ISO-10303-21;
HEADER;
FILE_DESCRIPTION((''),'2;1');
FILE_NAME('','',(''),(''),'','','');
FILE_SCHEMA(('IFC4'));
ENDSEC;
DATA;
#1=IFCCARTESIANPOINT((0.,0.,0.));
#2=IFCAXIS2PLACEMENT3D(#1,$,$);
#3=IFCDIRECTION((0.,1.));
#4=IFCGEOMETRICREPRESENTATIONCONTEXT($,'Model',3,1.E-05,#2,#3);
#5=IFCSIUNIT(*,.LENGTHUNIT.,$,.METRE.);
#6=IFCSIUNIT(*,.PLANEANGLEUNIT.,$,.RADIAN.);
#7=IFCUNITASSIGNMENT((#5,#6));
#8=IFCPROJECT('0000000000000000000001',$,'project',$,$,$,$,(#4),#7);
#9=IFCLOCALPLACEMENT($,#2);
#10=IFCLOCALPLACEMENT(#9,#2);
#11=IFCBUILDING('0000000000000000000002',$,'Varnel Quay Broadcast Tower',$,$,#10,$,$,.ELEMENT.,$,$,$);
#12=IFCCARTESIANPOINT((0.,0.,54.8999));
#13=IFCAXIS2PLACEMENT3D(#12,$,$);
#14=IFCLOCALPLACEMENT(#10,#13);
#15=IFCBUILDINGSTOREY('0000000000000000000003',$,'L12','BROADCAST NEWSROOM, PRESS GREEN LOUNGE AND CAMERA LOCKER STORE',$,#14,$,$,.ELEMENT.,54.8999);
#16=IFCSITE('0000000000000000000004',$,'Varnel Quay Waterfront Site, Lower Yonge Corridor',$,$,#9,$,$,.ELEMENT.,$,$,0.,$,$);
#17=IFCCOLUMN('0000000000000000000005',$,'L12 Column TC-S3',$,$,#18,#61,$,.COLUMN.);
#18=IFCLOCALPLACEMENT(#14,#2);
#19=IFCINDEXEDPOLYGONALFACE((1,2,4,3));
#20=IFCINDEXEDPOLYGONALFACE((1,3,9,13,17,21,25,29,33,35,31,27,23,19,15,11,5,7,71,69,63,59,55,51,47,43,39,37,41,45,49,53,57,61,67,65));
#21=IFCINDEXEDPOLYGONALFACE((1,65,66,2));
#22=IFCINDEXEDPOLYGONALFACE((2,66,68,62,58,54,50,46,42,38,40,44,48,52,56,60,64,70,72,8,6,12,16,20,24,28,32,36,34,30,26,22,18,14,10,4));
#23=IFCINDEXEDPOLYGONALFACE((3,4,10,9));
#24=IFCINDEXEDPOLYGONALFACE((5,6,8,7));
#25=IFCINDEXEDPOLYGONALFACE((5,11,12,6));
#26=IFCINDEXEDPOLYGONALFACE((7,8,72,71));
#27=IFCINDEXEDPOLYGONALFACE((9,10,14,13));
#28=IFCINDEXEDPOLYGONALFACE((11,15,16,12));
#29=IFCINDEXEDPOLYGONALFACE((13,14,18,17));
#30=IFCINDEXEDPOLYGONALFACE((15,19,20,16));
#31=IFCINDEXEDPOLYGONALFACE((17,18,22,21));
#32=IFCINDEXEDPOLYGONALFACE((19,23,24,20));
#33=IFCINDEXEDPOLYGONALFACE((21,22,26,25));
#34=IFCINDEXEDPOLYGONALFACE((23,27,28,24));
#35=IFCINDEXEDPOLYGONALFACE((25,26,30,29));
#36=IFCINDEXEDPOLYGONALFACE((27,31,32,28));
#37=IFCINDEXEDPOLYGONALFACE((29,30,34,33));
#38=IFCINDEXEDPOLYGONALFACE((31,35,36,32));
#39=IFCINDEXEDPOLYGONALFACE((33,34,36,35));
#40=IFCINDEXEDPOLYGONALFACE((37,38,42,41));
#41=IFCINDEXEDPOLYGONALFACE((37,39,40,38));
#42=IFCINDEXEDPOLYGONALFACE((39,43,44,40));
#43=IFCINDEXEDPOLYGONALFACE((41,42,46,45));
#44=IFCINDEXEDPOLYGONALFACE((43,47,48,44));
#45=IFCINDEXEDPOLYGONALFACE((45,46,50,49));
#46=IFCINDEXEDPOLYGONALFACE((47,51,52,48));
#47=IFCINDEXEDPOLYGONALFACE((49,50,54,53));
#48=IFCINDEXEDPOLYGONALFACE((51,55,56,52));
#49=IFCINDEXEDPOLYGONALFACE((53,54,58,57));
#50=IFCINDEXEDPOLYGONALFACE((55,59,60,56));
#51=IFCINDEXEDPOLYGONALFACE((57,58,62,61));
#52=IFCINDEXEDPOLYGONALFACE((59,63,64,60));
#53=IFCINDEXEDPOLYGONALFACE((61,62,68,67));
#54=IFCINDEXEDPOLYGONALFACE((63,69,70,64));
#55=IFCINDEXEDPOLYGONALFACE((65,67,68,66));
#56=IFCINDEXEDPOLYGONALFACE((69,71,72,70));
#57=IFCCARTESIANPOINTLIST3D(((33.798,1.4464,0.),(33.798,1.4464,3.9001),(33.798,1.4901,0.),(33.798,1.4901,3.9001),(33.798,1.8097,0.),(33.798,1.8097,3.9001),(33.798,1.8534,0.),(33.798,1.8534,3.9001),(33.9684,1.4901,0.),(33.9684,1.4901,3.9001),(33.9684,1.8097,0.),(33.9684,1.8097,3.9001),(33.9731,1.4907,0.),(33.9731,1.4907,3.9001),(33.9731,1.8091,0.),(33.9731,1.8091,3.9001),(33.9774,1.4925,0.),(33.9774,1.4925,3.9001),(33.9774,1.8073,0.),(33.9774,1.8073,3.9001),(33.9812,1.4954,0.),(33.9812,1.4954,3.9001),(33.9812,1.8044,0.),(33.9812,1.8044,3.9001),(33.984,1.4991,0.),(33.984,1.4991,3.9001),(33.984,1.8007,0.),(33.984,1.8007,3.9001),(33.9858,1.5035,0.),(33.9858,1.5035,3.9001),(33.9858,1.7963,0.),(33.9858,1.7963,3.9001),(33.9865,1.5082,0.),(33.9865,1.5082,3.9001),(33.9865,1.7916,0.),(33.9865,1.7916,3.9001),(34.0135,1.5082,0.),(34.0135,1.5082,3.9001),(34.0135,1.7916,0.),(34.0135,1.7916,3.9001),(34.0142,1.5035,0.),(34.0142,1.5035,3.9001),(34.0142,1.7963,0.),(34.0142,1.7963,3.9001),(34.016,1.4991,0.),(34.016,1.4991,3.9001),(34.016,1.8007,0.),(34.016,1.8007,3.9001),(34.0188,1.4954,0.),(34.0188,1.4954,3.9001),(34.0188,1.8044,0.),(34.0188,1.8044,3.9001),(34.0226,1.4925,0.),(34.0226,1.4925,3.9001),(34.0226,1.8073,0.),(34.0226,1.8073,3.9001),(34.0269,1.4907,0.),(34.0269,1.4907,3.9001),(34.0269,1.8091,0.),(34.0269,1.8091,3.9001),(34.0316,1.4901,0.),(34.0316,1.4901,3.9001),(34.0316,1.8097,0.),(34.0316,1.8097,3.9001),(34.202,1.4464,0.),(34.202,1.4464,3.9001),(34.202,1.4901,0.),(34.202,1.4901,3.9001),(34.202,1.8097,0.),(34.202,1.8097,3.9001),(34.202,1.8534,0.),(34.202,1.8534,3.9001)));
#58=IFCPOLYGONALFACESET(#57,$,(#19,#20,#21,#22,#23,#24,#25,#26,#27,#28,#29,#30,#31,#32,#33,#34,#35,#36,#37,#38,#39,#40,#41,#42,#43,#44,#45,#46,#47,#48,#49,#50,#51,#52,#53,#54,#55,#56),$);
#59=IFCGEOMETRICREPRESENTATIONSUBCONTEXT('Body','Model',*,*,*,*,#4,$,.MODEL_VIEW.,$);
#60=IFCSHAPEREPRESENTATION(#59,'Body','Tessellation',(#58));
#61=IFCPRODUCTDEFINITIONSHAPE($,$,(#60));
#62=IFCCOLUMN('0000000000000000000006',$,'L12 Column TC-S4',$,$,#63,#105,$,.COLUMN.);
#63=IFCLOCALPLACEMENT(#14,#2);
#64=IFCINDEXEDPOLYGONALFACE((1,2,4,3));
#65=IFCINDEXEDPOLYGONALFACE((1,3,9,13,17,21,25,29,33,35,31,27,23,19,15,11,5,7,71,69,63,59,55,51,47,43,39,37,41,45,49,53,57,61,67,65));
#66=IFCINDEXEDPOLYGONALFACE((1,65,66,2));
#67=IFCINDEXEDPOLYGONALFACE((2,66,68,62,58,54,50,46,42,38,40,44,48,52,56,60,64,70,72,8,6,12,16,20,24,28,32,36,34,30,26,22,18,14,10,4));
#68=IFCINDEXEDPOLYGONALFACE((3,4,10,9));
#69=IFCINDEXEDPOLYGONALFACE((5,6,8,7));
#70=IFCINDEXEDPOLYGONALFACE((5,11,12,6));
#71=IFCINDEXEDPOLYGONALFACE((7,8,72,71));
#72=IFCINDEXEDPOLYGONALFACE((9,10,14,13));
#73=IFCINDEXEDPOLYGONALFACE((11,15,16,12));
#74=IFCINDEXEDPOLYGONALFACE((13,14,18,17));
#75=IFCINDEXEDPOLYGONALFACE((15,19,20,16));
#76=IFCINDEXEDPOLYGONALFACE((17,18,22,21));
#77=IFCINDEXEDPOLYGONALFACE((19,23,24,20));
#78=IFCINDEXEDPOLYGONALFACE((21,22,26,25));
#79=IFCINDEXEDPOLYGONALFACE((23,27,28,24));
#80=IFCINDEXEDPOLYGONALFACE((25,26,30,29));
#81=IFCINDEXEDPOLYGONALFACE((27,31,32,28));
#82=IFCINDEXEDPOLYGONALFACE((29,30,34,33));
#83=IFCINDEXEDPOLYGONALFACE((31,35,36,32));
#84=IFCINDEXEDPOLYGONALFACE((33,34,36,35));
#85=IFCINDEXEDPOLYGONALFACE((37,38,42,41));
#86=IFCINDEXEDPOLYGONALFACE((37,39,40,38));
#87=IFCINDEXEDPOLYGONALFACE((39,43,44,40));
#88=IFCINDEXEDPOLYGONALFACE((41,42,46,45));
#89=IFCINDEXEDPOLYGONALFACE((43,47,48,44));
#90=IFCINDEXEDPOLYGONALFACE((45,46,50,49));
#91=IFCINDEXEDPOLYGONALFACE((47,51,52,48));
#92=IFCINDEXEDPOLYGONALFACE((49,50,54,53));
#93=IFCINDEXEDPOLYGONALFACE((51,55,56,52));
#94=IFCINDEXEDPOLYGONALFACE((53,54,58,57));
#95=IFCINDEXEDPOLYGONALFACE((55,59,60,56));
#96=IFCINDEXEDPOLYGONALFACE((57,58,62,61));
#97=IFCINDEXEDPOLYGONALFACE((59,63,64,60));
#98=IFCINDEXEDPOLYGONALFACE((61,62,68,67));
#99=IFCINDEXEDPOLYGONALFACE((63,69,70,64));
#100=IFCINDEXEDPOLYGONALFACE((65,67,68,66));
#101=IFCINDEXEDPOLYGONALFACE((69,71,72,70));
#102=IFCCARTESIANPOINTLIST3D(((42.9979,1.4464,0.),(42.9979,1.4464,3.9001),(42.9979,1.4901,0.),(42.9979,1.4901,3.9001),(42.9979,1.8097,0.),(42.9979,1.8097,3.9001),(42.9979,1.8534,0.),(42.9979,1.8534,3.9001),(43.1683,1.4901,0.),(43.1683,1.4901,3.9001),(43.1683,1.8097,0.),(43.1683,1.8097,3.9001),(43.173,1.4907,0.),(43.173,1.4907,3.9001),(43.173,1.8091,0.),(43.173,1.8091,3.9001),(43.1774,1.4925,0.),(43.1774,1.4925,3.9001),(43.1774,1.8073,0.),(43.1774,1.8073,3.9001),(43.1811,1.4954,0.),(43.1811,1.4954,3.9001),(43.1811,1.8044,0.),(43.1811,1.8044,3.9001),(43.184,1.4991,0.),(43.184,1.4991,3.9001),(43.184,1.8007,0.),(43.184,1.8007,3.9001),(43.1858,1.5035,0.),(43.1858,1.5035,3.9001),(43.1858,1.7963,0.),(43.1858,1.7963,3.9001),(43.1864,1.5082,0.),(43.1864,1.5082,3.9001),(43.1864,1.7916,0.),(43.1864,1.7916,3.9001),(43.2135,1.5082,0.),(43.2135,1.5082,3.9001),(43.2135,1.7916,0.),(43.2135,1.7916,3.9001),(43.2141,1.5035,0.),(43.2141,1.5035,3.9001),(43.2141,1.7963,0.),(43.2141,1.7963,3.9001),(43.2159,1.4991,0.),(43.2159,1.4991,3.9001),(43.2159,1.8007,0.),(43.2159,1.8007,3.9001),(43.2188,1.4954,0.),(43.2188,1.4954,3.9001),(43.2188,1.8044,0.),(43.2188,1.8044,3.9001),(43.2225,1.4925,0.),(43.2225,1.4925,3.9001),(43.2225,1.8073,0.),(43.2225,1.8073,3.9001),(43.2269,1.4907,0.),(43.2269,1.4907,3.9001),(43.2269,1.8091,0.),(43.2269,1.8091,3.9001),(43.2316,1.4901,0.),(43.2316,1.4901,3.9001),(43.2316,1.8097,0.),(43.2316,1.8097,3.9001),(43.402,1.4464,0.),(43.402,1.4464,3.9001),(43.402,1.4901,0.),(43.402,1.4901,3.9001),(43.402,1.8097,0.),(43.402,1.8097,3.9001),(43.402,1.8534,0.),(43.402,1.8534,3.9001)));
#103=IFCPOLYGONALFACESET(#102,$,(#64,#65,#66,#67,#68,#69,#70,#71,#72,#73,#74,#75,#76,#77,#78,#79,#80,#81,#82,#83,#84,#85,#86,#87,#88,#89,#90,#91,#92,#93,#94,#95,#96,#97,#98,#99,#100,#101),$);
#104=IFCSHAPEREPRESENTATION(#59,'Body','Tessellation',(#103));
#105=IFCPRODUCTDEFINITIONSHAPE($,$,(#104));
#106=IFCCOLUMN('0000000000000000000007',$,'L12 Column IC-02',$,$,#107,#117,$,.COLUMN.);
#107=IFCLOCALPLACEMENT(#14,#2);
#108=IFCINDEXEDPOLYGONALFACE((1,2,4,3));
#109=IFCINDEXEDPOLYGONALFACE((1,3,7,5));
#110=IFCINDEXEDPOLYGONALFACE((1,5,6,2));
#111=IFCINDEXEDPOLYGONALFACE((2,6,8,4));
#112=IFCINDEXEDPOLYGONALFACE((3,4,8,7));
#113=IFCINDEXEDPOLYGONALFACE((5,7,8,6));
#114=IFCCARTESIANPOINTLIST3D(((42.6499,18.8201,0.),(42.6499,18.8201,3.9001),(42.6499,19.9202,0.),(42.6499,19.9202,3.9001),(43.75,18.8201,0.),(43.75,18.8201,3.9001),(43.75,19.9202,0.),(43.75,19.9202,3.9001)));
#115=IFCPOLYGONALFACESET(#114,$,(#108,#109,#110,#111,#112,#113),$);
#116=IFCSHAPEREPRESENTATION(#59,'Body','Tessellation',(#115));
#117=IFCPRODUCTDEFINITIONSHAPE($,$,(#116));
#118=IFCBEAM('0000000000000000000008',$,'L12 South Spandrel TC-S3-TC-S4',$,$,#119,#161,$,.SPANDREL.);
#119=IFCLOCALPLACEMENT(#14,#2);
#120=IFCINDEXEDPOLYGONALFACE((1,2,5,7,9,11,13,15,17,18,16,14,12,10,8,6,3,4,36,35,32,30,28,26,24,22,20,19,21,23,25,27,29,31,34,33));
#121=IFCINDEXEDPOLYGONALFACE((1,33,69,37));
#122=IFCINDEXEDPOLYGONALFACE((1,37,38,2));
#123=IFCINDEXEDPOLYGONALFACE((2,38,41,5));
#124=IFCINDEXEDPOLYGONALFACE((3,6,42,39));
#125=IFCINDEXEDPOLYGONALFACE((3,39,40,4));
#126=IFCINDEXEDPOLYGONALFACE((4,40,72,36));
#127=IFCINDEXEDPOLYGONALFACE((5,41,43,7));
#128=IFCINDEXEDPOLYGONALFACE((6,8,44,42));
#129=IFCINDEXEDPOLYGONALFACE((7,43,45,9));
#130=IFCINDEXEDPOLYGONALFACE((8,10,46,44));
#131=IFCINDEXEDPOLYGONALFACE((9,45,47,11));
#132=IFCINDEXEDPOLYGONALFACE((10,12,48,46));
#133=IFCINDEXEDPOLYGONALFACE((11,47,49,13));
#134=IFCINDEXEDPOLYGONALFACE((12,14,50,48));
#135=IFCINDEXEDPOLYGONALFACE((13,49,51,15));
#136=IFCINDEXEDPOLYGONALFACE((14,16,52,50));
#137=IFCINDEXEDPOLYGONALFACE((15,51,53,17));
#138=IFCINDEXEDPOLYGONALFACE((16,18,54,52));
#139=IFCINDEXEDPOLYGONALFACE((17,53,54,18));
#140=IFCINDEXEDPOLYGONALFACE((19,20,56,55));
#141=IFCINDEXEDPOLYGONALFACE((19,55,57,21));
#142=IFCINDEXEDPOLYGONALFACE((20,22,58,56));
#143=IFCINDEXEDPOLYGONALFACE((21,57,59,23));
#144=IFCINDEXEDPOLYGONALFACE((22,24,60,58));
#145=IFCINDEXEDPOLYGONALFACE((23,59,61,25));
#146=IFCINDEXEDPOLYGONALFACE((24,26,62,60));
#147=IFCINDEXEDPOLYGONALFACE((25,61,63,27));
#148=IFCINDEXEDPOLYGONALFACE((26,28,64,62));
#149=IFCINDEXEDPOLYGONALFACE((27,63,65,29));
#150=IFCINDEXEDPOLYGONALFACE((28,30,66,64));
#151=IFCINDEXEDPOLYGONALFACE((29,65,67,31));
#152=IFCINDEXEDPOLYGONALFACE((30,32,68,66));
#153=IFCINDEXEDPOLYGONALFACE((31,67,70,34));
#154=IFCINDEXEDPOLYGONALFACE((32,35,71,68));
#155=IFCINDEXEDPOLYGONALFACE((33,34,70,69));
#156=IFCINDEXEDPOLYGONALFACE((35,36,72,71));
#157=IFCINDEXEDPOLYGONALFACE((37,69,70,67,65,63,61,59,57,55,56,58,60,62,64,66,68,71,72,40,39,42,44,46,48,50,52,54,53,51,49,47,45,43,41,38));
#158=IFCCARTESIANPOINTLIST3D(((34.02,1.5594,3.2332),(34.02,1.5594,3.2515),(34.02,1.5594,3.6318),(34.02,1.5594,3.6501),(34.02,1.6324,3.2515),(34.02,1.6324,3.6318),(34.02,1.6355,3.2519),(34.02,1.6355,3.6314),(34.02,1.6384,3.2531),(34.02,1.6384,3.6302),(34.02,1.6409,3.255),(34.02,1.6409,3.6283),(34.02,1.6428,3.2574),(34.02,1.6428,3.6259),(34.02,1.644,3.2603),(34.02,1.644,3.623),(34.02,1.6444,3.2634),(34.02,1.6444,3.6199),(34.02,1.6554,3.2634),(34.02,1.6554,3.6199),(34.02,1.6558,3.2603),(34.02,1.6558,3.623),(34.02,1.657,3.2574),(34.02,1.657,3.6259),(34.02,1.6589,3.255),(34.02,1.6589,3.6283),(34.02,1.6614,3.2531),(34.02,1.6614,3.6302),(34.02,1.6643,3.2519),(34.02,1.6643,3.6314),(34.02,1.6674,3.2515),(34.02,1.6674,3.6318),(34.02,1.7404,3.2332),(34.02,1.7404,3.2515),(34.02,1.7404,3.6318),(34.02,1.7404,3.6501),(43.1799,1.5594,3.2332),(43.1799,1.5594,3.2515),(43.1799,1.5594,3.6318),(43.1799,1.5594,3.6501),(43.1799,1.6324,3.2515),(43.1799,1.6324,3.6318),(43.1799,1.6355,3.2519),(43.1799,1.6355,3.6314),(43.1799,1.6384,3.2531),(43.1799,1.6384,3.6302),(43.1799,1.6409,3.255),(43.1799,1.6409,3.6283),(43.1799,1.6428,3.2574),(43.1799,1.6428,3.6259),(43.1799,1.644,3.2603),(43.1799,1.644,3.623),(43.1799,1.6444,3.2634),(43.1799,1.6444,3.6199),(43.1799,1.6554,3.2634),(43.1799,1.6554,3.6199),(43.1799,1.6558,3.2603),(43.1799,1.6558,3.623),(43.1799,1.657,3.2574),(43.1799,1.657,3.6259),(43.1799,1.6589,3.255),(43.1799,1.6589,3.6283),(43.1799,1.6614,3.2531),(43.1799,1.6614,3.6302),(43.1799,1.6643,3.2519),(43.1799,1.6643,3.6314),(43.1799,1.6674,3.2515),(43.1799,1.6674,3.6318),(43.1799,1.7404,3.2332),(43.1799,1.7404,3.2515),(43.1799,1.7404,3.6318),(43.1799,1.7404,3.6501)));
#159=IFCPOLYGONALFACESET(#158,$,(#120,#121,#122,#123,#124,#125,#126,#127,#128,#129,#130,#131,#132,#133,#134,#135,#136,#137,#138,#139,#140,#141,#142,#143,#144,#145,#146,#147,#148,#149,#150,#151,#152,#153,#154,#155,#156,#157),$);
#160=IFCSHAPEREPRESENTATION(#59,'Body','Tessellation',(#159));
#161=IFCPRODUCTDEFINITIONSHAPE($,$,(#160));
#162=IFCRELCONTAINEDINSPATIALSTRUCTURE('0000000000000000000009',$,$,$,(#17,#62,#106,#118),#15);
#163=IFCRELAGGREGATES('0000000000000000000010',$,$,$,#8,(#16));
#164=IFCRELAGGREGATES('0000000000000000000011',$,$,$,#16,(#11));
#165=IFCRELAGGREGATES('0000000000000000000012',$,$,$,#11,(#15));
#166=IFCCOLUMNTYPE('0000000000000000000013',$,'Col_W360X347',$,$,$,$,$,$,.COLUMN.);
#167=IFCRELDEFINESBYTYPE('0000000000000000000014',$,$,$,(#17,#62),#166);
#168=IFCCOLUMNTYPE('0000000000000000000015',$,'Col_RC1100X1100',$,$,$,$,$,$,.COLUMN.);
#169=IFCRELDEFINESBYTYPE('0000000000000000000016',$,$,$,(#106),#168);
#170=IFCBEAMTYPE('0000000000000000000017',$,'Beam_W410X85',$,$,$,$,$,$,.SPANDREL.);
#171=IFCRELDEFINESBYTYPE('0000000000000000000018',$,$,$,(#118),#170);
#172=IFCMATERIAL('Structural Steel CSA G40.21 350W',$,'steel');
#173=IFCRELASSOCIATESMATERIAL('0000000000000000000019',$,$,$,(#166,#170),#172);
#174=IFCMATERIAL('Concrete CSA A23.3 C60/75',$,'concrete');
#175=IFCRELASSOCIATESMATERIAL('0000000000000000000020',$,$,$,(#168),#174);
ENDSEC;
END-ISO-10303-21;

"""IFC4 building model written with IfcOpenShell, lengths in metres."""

from ifc_helpers import new_model, si_unit, direction, frame, origin, origin_2d, place, context, subcontext, project, spatial, rectangle, i_section, extrude, source, transform, mapped, material, material_profile, profile_set, type_object, type_shapes, element, save


model = new_model("IFC4")

# Units and contexts
model_context = context("Model", 3, precision=1e-05, world=origin(), true_north=direction((0.0, 1.0)))
body_context = subcontext(model_context, "Body", "Model", "MODEL_VIEW")
ifc_project = project(units=[si_unit("LENGTHUNIT", "METRE"), si_unit("PLANEANGLEUNIT", "RADIAN")], contexts=[model_context])

# Site, building, storey
site_placement = place(None, origin())
site = spatial("IfcSite", under=ifc_project, at=site_placement, Name="Varnel Quay Waterfront Site, Lower Yonge Corridor", CompositionType="ELEMENT", RefElevation=0.0)
building_placement = place(site_placement, origin())
building = spatial("IfcBuilding", under=site, at=building_placement, Name="Varnel Quay Broadcast Tower", CompositionType="ELEMENT")
storey_placement = place(building_placement, frame((0.0, 0.0, 54.8999)))
storey = spatial("IfcBuildingStorey", under=building, at=storey_placement, Name="L12", Description="BROADCAST NEWSROOM, PRESS GREEN LOUNGE AND CAMERA LOCKER STORE", CompositionType="ELEMENT", Elevation=54.8999)

# Columns
ifc_material_1 = material(Name="Structural Steel CSA G40.21 350W", Category="steel")
ifc_material_profile_1 = material_profile(ifc_material_1, i_section(OverallWidth=0.4041, OverallDepth=0.407, WebThickness=0.0271, FlangeThickness=0.0437, FilletRadius=0.0181, at=origin_2d()), Name="W360X347")
ifc_profile_set_1 = profile_set([ifc_material_profile_1], Name="Structural Steel CSA G40.21 350W")
column_type_1 = type_object("IfcColumnType", Name="Col_W360X347", PredefinedType="COLUMN", material=ifc_profile_set_1)
shared_shape_1 = source(origin(), body_context, "Body", "SweptSolid", [
    extrude(i_section(OverallWidth=0.4041, OverallDepth=0.407, WebThickness=0.0271, FlangeThickness=0.0437, FilletRadius=0.0181, at=origin_2d()), origin(), (0.0, 0.0, 1.0), 3.9001),
])
type_shapes(column_type_1, [shared_shape_1])
for number, where, z_axis, x_axis, name in (
    (1, (34.0, 1.6499, 0.0), (0.0, 0.0, 1.0), (1.0, 0.0, 0.0), "L12 Column TC-S3"),
    (2, (43.2, 1.6499, 0.0), (0.0, 0.0, 1.0), (1.0, 0.0, 0.0), "L12 Column TC-S4"),
):
    element("IfcColumn", number, at=place(storey_placement, frame(where, z_axis=z_axis, x_axis=x_axis)), inside=storey, type_object=column_type_1, Name=name, PredefinedType="COLUMN", context=body_context, shape_type="MappedRepresentation", body=[
        mapped(shared_shape_1, transform((0.0, 0.0, 0.0), x_axis=(1.0, 0.0, 0.0), y_axis=(0.0, 1.0, 0.0), z_axis=(0.0, 0.0, 1.0), scale=1.0)),
    ])
ifc_material_2 = material(Name="Concrete CSA A23.3 C60/75", Category="concrete")
ifc_material_profile_2 = material_profile(ifc_material_2, rectangle(XDim=1.1001, YDim=1.1001, at=origin_2d()), Name="RC1100X1100")
ifc_profile_set_2 = profile_set([ifc_material_profile_2], Name="Concrete CSA A23.3 C60/75")
column_type_2 = type_object("IfcColumnType", Name="Col_RC1100X1100", PredefinedType="COLUMN", material=ifc_profile_set_2)
shared_shape_2 = source(origin(), body_context, "Body", "SweptSolid", [
    extrude(rectangle(XDim=1.1001, YDim=1.1001, at=origin_2d()), origin(), (0.0, 0.0, 1.0), 3.9001),
])
type_shapes(column_type_2, [shared_shape_2])
column_placement = place(storey_placement, frame((43.2, 19.3701, 0.0), z_axis=(0.0, 0.0, 1.0), x_axis=(1.0, 0.0, 0.0)))
element("IfcColumn", 3, at=column_placement, inside=storey, type_object=column_type_2, Name="L12 Column IC-02", PredefinedType="COLUMN", context=body_context, shape_type="MappedRepresentation", body=[
    mapped(shared_shape_2, transform((0.0, 0.0, 0.0), x_axis=(1.0, 0.0, 0.0), y_axis=(0.0, 1.0, 0.0), z_axis=(0.0, 0.0, 1.0), scale=1.0)),
])

# Beam
ifc_material_profile_3 = material_profile(ifc_material_1, i_section(OverallWidth=0.1809, OverallDepth=0.417, WebThickness=0.011, FlangeThickness=0.0183, FilletRadius=0.012, at=origin_2d()), Name="W410X85")
ifc_profile_set_3 = profile_set([ifc_material_profile_3], Name="Structural Steel CSA G40.21 350W")
beam_type_1 = type_object("IfcBeamType", Name="Beam_W410X85", PredefinedType="SPANDREL", material=ifc_profile_set_3)
shared_shape_3 = source(origin(), body_context, "Body", "SweptSolid", [
    extrude(i_section(OverallWidth=0.1809, OverallDepth=0.417, WebThickness=0.011, FlangeThickness=0.0183, FilletRadius=0.012, at=origin_2d()), origin(), (0.0, 0.0, 1.0), 9.1599),
])
type_shapes(beam_type_1, [shared_shape_3])
for number, where, z_axis, x_axis, name in (
    (4, (34.02, 1.6499, 3.4417), (1.0, 0.0, 0.0), (0.0, 1.0, 0.0), "L12 South Spandrel TC-S3-TC-S4"),
):
    element("IfcBeam", number, at=place(storey_placement, frame(where, z_axis=z_axis, x_axis=x_axis)), inside=storey, type_object=beam_type_1, Name=name, PredefinedType="SPANDREL", context=body_context, shape_type="MappedRepresentation", body=[
        mapped(shared_shape_3, transform((0.0, 0.0, 0.0), x_axis=(1.0, 0.0, 0.0), y_axis=(0.0, 1.0, 0.0), z_axis=(0.0, 0.0, 1.0), scale=1.0)),
    ])

save(model, "model.ifc")
